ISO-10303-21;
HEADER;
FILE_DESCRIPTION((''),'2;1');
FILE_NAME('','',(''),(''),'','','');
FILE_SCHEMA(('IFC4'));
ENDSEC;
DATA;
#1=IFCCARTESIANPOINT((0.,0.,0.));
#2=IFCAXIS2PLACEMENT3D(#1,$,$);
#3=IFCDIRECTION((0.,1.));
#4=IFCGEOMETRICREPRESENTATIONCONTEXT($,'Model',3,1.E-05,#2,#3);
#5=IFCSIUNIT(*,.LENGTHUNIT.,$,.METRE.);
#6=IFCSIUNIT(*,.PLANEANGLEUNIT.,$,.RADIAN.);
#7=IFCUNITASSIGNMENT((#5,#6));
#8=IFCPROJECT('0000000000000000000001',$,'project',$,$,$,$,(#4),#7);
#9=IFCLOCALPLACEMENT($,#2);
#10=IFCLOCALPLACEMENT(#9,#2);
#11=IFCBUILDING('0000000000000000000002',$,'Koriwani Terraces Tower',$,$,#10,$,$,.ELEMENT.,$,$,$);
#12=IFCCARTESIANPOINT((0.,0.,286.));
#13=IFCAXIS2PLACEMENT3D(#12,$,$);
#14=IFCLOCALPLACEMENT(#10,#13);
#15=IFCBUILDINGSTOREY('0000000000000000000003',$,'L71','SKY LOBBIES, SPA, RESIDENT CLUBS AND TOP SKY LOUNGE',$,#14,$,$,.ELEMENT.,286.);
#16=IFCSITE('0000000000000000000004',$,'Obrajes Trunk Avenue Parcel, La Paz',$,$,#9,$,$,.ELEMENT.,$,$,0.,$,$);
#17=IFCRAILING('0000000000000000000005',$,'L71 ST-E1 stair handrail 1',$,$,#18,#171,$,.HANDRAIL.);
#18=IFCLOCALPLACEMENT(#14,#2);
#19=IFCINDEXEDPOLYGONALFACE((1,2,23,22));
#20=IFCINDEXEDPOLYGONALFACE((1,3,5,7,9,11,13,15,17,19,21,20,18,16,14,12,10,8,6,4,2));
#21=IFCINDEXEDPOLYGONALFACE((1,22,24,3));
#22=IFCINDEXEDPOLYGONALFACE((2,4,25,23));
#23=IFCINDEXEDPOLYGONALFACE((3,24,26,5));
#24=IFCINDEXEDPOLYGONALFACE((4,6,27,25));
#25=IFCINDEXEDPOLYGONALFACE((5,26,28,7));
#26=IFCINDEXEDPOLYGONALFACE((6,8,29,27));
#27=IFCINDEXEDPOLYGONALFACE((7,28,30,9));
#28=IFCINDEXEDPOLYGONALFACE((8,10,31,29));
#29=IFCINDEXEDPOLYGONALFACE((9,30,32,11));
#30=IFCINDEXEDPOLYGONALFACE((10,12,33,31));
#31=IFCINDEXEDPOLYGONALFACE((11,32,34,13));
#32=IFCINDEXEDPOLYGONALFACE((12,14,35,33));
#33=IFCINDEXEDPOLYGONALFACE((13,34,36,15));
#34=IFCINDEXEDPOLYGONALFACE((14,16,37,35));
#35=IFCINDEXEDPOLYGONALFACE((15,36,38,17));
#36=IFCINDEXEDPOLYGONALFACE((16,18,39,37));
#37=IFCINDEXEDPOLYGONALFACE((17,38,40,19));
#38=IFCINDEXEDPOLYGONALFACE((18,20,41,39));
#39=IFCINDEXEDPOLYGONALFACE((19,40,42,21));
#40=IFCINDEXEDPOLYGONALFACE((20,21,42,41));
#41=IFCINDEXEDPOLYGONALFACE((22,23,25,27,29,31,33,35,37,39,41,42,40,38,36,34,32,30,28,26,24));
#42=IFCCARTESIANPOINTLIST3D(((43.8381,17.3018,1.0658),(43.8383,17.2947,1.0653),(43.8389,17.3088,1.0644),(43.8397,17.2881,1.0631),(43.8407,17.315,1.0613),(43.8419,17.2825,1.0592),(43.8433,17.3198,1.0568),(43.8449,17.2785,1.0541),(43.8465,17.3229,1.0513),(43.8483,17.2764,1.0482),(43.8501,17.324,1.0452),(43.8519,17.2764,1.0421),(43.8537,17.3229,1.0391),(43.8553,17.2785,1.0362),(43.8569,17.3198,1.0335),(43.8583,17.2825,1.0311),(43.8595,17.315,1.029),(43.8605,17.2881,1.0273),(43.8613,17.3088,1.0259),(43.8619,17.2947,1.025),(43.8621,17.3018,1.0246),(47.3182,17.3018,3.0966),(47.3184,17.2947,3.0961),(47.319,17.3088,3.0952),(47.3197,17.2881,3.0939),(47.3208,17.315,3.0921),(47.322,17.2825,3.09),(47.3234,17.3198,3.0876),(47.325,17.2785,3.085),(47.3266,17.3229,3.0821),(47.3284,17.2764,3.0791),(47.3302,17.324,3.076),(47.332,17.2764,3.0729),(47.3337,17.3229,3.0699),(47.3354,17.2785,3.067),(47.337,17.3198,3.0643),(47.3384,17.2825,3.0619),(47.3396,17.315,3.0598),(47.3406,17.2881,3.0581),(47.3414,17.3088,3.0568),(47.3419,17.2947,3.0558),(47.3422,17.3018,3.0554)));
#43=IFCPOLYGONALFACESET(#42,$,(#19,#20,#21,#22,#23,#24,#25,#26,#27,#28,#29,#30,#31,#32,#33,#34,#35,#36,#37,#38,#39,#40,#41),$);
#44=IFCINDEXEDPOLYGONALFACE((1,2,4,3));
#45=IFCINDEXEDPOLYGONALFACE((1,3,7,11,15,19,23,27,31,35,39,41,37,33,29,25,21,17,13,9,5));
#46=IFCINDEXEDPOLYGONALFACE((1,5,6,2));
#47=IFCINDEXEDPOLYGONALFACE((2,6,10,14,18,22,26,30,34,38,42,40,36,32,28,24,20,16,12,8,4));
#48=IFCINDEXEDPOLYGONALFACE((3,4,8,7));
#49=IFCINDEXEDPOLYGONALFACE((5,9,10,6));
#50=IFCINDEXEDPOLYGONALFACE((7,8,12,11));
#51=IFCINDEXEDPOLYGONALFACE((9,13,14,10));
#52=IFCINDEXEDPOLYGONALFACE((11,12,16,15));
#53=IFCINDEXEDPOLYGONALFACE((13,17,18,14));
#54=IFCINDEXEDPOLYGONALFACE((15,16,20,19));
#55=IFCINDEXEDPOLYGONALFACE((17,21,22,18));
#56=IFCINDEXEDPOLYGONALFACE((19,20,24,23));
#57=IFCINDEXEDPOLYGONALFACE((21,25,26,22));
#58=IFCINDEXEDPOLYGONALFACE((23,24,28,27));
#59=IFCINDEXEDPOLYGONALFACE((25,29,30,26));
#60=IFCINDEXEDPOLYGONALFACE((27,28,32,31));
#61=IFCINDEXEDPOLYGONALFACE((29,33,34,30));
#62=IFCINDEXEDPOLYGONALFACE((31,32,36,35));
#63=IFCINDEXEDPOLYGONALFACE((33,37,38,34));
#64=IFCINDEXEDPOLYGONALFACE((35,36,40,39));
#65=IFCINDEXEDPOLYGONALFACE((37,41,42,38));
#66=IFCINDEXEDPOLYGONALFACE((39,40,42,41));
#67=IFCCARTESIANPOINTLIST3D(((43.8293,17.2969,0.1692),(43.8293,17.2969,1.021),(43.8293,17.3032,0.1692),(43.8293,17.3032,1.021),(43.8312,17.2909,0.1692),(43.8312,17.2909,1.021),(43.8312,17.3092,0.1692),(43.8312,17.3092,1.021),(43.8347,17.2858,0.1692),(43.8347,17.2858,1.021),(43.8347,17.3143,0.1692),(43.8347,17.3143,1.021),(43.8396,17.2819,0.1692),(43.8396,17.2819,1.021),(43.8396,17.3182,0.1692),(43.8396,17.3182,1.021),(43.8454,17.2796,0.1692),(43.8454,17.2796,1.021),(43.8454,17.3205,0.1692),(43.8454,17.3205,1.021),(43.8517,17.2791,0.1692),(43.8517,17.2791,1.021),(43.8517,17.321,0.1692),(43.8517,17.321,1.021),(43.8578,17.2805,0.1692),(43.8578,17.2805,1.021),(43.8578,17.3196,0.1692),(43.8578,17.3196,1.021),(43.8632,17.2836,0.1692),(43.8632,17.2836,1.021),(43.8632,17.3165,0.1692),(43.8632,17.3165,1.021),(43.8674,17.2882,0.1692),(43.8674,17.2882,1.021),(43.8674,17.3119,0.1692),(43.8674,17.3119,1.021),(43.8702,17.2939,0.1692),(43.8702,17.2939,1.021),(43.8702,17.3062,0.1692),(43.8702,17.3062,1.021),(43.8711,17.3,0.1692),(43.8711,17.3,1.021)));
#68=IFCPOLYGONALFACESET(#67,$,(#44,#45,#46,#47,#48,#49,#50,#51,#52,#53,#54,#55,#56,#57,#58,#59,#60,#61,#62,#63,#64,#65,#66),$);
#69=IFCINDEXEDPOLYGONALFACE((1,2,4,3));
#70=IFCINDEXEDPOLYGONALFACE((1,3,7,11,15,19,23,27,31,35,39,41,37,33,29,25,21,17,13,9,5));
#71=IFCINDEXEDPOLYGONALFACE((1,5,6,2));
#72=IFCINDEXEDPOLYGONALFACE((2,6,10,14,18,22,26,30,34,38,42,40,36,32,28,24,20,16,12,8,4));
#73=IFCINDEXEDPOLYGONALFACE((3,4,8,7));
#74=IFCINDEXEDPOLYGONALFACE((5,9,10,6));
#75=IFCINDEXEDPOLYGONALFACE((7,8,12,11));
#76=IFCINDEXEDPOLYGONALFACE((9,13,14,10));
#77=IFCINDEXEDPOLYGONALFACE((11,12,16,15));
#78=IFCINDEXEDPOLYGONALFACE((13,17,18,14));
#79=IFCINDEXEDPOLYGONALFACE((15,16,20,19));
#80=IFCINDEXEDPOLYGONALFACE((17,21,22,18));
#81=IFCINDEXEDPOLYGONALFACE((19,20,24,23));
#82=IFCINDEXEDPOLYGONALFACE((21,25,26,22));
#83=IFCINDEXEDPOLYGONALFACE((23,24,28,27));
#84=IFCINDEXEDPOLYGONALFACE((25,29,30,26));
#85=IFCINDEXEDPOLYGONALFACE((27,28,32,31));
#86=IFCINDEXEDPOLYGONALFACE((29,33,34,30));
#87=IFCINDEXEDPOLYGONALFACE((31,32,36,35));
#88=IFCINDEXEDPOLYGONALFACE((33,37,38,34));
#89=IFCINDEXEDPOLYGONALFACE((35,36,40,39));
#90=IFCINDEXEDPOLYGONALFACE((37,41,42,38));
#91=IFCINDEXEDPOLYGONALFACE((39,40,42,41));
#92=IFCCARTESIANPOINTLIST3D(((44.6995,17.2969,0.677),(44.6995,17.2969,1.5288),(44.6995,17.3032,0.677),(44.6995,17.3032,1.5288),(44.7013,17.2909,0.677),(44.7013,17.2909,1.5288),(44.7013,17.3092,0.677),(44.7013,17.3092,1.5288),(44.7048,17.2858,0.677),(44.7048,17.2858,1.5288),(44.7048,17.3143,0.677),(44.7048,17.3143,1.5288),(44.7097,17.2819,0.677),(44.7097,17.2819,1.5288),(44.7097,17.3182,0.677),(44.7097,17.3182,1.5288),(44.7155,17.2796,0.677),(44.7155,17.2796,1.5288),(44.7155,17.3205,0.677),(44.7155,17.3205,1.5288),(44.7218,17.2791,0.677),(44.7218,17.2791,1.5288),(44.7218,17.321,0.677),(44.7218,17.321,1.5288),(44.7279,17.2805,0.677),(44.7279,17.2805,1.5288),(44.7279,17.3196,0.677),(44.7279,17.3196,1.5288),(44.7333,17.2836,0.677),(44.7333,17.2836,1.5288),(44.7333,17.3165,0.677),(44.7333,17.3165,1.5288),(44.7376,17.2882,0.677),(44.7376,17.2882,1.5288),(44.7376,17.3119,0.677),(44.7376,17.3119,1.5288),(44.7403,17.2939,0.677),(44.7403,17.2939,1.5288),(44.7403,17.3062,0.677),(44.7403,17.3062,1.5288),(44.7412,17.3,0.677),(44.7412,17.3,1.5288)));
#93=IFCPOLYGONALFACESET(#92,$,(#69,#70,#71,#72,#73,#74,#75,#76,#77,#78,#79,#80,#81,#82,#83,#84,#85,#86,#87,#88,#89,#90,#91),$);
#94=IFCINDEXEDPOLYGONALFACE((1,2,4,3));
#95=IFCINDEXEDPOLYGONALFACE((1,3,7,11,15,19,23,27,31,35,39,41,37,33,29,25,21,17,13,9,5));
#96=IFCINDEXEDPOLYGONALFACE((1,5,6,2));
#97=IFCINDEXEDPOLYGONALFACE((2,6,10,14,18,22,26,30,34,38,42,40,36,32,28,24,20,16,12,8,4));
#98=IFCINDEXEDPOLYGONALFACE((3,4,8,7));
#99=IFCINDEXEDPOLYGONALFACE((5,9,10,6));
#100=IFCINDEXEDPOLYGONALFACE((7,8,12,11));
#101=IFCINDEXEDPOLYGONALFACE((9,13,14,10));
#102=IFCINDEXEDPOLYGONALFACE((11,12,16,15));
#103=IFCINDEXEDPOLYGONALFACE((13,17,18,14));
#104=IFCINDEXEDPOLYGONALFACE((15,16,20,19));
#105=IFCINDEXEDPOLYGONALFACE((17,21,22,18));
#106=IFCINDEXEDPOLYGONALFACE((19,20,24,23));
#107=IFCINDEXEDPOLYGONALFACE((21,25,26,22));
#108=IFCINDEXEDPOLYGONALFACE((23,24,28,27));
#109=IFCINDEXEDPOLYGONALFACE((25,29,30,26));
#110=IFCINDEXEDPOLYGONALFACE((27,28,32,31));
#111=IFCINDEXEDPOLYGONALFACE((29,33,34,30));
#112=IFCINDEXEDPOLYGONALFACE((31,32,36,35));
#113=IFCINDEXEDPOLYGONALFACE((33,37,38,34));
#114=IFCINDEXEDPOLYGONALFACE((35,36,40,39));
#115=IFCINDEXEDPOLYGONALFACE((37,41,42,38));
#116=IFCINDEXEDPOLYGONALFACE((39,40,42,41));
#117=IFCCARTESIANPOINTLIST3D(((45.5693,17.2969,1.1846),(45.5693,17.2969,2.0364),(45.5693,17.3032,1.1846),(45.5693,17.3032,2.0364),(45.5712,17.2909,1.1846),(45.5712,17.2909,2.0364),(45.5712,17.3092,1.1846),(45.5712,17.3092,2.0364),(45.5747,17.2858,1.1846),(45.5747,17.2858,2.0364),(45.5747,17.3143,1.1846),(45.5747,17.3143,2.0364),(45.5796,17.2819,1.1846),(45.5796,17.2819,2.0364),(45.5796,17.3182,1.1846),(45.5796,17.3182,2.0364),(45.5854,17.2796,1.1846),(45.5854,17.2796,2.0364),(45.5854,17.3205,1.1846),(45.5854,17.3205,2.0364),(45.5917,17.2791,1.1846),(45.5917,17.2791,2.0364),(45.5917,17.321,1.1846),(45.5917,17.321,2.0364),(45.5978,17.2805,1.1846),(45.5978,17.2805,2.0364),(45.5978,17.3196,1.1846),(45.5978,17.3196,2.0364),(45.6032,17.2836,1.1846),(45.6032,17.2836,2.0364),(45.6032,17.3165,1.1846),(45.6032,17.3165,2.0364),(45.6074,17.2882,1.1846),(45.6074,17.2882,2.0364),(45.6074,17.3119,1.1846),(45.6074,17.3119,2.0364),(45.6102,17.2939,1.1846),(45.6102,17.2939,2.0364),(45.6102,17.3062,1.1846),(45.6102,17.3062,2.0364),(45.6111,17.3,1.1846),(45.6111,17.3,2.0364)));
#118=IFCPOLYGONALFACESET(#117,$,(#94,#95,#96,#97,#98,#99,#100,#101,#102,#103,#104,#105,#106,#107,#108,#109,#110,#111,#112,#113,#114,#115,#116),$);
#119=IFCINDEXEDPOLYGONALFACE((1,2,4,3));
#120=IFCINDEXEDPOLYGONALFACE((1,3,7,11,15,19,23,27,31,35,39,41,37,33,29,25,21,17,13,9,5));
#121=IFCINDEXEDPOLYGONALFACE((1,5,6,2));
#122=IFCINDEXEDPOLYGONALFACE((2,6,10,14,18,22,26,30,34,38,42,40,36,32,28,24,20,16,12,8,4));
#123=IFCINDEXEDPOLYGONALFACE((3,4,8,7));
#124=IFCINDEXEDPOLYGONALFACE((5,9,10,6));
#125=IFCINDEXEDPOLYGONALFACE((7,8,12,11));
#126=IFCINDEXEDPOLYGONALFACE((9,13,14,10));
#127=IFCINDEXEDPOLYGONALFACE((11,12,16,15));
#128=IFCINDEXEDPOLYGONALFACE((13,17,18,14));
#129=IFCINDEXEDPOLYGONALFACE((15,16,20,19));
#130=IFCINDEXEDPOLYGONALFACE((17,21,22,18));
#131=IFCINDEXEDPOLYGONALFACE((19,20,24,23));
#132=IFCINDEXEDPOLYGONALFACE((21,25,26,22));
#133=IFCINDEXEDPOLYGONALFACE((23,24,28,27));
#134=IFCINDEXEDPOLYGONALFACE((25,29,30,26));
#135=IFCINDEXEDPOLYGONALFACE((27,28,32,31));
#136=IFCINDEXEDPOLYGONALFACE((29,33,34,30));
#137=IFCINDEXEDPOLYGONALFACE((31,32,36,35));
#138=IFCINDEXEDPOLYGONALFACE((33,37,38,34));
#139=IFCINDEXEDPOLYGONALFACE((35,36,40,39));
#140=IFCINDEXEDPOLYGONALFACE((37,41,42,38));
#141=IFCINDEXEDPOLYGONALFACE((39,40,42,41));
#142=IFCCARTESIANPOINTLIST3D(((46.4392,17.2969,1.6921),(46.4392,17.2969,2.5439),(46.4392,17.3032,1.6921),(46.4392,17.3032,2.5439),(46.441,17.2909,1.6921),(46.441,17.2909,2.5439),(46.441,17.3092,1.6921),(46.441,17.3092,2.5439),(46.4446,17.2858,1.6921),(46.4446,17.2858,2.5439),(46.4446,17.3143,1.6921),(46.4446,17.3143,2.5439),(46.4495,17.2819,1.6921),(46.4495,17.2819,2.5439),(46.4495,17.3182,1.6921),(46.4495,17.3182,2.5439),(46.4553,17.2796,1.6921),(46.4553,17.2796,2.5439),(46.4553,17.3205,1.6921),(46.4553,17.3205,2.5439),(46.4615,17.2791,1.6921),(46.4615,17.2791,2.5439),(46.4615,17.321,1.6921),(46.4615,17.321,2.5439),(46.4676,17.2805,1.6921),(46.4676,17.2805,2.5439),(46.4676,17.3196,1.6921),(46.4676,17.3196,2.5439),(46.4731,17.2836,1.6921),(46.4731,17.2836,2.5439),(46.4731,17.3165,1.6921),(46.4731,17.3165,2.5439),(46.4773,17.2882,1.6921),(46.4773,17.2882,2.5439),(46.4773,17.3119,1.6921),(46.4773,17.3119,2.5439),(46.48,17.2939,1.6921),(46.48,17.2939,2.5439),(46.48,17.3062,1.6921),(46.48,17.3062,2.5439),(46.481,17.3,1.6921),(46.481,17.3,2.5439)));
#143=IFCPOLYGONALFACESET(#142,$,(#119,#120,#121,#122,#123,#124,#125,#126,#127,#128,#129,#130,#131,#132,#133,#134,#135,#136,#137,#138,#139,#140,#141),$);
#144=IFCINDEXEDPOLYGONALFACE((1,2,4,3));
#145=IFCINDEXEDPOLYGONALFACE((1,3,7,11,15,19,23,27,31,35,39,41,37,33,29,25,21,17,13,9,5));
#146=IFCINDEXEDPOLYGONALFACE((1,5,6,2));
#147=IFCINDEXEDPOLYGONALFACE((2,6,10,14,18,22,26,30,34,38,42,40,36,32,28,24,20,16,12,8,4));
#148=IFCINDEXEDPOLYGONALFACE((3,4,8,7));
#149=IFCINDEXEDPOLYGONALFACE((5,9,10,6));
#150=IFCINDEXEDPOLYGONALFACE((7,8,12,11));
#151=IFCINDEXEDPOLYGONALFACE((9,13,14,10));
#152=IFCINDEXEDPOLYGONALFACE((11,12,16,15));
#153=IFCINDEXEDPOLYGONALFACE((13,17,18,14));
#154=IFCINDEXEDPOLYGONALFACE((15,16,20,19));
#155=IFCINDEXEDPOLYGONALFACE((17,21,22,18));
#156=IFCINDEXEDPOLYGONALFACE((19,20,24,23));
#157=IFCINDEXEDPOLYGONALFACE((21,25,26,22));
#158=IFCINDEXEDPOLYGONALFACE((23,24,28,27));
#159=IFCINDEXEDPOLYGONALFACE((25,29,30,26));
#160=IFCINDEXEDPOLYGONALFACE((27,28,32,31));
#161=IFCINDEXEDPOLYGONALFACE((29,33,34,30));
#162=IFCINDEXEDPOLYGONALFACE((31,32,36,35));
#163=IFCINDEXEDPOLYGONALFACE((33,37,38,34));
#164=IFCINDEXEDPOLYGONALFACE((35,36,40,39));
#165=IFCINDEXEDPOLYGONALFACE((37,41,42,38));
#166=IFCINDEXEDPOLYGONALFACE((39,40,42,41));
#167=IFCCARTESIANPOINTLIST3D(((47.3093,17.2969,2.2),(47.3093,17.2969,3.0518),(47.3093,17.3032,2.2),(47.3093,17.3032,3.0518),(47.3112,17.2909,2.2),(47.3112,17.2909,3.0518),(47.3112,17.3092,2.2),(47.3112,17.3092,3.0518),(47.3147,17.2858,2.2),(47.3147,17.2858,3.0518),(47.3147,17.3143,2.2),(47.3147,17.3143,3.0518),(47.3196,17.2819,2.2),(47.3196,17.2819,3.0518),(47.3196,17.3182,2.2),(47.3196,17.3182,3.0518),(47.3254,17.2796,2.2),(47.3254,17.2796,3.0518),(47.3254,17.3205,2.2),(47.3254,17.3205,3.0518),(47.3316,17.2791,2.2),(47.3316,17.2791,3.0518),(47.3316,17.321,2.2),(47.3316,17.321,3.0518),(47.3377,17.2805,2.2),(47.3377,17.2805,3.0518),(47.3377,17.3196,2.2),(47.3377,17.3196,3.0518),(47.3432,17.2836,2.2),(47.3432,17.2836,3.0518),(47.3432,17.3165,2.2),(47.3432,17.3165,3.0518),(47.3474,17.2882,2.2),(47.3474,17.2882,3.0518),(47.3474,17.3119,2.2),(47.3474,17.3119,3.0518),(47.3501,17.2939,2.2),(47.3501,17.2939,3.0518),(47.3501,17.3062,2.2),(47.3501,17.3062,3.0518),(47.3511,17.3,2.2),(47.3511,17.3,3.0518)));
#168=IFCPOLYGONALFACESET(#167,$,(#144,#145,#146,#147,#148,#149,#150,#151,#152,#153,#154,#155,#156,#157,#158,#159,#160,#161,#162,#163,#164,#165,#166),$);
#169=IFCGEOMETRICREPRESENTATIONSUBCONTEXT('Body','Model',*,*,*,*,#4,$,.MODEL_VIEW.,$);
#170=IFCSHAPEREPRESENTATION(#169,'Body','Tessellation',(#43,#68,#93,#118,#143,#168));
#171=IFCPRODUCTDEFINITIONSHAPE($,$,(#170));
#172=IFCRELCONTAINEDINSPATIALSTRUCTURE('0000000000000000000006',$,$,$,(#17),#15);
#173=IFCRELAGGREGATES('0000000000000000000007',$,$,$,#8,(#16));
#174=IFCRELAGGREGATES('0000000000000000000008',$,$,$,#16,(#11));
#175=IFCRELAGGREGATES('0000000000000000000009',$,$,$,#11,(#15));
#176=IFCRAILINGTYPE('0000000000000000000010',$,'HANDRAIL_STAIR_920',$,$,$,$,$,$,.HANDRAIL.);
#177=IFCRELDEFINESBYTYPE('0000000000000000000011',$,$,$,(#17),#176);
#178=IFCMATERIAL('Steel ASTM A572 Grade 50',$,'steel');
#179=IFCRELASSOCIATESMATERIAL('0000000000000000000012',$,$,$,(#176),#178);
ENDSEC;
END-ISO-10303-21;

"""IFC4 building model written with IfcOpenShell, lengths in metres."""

from ifc_helpers import new_model, si_unit, direction, frame, origin, origin_2d, place, context, subcontext, project, spatial, circle, extrude, material, type_object, element, save


model = new_model("IFC4")

# Units and contexts
model_context = context("Model", 3, precision=1e-05, world=origin(), true_north=direction((0.0, 1.0)))
body_context = subcontext(model_context, "Body", "Model", "MODEL_VIEW")
ifc_project = project(units=[si_unit("LENGTHUNIT", "METRE"), si_unit("PLANEANGLEUNIT", "RADIAN")], contexts=[model_context])

# Site, building, storey
site_placement = place(None, origin())
site = spatial("IfcSite", under=ifc_project, at=site_placement, Name="Obrajes Trunk Avenue Parcel, La Paz", CompositionType="ELEMENT", RefElevation=0.0)
building_placement = place(site_placement, origin())
building = spatial("IfcBuilding", under=site, at=building_placement, Name="Koriwani Terraces Tower", CompositionType="ELEMENT")
storey_placement = place(building_placement, frame((0.0, 0.0, 286.0)))
storey = spatial("IfcBuildingStorey", under=building, at=storey_placement, Name="L71", Description="SKY LOBBIES, SPA, RESIDENT CLUBS AND TOP SKY LOUNGE", CompositionType="ELEMENT", Elevation=286.0)

# Railing
ifc_material_1 = material(Name="Steel ASTM A572 Grade 50", Category="steel")
railing_type_1 = type_object("IfcRailingType", Name="HANDRAIL_STAIR_920", PredefinedType="HANDRAIL", material=ifc_material_1)
railing_1_placement = place(storey_placement, frame((43.8501, 17.3, 0.1692)))
element("IfcRailing", 1, at=railing_1_placement, inside=storey, type_object=railing_type_1, Name="L71 ST-E1 stair handrail 1", PredefinedType="HANDRAIL", context=body_context, shape_type="SweptSolid", body=[
    extrude(circle(Radius=0.0239, at=origin_2d()), frame((0.0, 0.0, 0.876), z_axis=(0.863695, 0.0, 0.504014), x_axis=(0.0, 1.0, 0.0)), (0.0, 0.0, 1.0), 4.0293),
    extrude(circle(Radius=0.021, at=origin_2d()), origin(), (0.0, 0.0, 1.0), 0.8518),
    extrude(circle(Radius=0.021, at=origin_2d()), frame((0.8701, 0.0, 0.5078)), (0.0, 0.0, 1.0), 0.8518),
    extrude(circle(Radius=0.021, at=origin_2d()), frame((1.74, 0.0, 1.0154)), (0.0, 0.0, 1.0), 0.8518),
    extrude(circle(Radius=0.021, at=origin_2d()), frame((2.6099, 0.0, 1.5229)), (0.0, 0.0, 1.0), 0.8518),
    extrude(circle(Radius=0.021, at=origin_2d()), frame((3.48, 0.0, 2.0308)), (0.0, 0.0, 1.0), 0.8518),
])

save(model, "model.ifc")
